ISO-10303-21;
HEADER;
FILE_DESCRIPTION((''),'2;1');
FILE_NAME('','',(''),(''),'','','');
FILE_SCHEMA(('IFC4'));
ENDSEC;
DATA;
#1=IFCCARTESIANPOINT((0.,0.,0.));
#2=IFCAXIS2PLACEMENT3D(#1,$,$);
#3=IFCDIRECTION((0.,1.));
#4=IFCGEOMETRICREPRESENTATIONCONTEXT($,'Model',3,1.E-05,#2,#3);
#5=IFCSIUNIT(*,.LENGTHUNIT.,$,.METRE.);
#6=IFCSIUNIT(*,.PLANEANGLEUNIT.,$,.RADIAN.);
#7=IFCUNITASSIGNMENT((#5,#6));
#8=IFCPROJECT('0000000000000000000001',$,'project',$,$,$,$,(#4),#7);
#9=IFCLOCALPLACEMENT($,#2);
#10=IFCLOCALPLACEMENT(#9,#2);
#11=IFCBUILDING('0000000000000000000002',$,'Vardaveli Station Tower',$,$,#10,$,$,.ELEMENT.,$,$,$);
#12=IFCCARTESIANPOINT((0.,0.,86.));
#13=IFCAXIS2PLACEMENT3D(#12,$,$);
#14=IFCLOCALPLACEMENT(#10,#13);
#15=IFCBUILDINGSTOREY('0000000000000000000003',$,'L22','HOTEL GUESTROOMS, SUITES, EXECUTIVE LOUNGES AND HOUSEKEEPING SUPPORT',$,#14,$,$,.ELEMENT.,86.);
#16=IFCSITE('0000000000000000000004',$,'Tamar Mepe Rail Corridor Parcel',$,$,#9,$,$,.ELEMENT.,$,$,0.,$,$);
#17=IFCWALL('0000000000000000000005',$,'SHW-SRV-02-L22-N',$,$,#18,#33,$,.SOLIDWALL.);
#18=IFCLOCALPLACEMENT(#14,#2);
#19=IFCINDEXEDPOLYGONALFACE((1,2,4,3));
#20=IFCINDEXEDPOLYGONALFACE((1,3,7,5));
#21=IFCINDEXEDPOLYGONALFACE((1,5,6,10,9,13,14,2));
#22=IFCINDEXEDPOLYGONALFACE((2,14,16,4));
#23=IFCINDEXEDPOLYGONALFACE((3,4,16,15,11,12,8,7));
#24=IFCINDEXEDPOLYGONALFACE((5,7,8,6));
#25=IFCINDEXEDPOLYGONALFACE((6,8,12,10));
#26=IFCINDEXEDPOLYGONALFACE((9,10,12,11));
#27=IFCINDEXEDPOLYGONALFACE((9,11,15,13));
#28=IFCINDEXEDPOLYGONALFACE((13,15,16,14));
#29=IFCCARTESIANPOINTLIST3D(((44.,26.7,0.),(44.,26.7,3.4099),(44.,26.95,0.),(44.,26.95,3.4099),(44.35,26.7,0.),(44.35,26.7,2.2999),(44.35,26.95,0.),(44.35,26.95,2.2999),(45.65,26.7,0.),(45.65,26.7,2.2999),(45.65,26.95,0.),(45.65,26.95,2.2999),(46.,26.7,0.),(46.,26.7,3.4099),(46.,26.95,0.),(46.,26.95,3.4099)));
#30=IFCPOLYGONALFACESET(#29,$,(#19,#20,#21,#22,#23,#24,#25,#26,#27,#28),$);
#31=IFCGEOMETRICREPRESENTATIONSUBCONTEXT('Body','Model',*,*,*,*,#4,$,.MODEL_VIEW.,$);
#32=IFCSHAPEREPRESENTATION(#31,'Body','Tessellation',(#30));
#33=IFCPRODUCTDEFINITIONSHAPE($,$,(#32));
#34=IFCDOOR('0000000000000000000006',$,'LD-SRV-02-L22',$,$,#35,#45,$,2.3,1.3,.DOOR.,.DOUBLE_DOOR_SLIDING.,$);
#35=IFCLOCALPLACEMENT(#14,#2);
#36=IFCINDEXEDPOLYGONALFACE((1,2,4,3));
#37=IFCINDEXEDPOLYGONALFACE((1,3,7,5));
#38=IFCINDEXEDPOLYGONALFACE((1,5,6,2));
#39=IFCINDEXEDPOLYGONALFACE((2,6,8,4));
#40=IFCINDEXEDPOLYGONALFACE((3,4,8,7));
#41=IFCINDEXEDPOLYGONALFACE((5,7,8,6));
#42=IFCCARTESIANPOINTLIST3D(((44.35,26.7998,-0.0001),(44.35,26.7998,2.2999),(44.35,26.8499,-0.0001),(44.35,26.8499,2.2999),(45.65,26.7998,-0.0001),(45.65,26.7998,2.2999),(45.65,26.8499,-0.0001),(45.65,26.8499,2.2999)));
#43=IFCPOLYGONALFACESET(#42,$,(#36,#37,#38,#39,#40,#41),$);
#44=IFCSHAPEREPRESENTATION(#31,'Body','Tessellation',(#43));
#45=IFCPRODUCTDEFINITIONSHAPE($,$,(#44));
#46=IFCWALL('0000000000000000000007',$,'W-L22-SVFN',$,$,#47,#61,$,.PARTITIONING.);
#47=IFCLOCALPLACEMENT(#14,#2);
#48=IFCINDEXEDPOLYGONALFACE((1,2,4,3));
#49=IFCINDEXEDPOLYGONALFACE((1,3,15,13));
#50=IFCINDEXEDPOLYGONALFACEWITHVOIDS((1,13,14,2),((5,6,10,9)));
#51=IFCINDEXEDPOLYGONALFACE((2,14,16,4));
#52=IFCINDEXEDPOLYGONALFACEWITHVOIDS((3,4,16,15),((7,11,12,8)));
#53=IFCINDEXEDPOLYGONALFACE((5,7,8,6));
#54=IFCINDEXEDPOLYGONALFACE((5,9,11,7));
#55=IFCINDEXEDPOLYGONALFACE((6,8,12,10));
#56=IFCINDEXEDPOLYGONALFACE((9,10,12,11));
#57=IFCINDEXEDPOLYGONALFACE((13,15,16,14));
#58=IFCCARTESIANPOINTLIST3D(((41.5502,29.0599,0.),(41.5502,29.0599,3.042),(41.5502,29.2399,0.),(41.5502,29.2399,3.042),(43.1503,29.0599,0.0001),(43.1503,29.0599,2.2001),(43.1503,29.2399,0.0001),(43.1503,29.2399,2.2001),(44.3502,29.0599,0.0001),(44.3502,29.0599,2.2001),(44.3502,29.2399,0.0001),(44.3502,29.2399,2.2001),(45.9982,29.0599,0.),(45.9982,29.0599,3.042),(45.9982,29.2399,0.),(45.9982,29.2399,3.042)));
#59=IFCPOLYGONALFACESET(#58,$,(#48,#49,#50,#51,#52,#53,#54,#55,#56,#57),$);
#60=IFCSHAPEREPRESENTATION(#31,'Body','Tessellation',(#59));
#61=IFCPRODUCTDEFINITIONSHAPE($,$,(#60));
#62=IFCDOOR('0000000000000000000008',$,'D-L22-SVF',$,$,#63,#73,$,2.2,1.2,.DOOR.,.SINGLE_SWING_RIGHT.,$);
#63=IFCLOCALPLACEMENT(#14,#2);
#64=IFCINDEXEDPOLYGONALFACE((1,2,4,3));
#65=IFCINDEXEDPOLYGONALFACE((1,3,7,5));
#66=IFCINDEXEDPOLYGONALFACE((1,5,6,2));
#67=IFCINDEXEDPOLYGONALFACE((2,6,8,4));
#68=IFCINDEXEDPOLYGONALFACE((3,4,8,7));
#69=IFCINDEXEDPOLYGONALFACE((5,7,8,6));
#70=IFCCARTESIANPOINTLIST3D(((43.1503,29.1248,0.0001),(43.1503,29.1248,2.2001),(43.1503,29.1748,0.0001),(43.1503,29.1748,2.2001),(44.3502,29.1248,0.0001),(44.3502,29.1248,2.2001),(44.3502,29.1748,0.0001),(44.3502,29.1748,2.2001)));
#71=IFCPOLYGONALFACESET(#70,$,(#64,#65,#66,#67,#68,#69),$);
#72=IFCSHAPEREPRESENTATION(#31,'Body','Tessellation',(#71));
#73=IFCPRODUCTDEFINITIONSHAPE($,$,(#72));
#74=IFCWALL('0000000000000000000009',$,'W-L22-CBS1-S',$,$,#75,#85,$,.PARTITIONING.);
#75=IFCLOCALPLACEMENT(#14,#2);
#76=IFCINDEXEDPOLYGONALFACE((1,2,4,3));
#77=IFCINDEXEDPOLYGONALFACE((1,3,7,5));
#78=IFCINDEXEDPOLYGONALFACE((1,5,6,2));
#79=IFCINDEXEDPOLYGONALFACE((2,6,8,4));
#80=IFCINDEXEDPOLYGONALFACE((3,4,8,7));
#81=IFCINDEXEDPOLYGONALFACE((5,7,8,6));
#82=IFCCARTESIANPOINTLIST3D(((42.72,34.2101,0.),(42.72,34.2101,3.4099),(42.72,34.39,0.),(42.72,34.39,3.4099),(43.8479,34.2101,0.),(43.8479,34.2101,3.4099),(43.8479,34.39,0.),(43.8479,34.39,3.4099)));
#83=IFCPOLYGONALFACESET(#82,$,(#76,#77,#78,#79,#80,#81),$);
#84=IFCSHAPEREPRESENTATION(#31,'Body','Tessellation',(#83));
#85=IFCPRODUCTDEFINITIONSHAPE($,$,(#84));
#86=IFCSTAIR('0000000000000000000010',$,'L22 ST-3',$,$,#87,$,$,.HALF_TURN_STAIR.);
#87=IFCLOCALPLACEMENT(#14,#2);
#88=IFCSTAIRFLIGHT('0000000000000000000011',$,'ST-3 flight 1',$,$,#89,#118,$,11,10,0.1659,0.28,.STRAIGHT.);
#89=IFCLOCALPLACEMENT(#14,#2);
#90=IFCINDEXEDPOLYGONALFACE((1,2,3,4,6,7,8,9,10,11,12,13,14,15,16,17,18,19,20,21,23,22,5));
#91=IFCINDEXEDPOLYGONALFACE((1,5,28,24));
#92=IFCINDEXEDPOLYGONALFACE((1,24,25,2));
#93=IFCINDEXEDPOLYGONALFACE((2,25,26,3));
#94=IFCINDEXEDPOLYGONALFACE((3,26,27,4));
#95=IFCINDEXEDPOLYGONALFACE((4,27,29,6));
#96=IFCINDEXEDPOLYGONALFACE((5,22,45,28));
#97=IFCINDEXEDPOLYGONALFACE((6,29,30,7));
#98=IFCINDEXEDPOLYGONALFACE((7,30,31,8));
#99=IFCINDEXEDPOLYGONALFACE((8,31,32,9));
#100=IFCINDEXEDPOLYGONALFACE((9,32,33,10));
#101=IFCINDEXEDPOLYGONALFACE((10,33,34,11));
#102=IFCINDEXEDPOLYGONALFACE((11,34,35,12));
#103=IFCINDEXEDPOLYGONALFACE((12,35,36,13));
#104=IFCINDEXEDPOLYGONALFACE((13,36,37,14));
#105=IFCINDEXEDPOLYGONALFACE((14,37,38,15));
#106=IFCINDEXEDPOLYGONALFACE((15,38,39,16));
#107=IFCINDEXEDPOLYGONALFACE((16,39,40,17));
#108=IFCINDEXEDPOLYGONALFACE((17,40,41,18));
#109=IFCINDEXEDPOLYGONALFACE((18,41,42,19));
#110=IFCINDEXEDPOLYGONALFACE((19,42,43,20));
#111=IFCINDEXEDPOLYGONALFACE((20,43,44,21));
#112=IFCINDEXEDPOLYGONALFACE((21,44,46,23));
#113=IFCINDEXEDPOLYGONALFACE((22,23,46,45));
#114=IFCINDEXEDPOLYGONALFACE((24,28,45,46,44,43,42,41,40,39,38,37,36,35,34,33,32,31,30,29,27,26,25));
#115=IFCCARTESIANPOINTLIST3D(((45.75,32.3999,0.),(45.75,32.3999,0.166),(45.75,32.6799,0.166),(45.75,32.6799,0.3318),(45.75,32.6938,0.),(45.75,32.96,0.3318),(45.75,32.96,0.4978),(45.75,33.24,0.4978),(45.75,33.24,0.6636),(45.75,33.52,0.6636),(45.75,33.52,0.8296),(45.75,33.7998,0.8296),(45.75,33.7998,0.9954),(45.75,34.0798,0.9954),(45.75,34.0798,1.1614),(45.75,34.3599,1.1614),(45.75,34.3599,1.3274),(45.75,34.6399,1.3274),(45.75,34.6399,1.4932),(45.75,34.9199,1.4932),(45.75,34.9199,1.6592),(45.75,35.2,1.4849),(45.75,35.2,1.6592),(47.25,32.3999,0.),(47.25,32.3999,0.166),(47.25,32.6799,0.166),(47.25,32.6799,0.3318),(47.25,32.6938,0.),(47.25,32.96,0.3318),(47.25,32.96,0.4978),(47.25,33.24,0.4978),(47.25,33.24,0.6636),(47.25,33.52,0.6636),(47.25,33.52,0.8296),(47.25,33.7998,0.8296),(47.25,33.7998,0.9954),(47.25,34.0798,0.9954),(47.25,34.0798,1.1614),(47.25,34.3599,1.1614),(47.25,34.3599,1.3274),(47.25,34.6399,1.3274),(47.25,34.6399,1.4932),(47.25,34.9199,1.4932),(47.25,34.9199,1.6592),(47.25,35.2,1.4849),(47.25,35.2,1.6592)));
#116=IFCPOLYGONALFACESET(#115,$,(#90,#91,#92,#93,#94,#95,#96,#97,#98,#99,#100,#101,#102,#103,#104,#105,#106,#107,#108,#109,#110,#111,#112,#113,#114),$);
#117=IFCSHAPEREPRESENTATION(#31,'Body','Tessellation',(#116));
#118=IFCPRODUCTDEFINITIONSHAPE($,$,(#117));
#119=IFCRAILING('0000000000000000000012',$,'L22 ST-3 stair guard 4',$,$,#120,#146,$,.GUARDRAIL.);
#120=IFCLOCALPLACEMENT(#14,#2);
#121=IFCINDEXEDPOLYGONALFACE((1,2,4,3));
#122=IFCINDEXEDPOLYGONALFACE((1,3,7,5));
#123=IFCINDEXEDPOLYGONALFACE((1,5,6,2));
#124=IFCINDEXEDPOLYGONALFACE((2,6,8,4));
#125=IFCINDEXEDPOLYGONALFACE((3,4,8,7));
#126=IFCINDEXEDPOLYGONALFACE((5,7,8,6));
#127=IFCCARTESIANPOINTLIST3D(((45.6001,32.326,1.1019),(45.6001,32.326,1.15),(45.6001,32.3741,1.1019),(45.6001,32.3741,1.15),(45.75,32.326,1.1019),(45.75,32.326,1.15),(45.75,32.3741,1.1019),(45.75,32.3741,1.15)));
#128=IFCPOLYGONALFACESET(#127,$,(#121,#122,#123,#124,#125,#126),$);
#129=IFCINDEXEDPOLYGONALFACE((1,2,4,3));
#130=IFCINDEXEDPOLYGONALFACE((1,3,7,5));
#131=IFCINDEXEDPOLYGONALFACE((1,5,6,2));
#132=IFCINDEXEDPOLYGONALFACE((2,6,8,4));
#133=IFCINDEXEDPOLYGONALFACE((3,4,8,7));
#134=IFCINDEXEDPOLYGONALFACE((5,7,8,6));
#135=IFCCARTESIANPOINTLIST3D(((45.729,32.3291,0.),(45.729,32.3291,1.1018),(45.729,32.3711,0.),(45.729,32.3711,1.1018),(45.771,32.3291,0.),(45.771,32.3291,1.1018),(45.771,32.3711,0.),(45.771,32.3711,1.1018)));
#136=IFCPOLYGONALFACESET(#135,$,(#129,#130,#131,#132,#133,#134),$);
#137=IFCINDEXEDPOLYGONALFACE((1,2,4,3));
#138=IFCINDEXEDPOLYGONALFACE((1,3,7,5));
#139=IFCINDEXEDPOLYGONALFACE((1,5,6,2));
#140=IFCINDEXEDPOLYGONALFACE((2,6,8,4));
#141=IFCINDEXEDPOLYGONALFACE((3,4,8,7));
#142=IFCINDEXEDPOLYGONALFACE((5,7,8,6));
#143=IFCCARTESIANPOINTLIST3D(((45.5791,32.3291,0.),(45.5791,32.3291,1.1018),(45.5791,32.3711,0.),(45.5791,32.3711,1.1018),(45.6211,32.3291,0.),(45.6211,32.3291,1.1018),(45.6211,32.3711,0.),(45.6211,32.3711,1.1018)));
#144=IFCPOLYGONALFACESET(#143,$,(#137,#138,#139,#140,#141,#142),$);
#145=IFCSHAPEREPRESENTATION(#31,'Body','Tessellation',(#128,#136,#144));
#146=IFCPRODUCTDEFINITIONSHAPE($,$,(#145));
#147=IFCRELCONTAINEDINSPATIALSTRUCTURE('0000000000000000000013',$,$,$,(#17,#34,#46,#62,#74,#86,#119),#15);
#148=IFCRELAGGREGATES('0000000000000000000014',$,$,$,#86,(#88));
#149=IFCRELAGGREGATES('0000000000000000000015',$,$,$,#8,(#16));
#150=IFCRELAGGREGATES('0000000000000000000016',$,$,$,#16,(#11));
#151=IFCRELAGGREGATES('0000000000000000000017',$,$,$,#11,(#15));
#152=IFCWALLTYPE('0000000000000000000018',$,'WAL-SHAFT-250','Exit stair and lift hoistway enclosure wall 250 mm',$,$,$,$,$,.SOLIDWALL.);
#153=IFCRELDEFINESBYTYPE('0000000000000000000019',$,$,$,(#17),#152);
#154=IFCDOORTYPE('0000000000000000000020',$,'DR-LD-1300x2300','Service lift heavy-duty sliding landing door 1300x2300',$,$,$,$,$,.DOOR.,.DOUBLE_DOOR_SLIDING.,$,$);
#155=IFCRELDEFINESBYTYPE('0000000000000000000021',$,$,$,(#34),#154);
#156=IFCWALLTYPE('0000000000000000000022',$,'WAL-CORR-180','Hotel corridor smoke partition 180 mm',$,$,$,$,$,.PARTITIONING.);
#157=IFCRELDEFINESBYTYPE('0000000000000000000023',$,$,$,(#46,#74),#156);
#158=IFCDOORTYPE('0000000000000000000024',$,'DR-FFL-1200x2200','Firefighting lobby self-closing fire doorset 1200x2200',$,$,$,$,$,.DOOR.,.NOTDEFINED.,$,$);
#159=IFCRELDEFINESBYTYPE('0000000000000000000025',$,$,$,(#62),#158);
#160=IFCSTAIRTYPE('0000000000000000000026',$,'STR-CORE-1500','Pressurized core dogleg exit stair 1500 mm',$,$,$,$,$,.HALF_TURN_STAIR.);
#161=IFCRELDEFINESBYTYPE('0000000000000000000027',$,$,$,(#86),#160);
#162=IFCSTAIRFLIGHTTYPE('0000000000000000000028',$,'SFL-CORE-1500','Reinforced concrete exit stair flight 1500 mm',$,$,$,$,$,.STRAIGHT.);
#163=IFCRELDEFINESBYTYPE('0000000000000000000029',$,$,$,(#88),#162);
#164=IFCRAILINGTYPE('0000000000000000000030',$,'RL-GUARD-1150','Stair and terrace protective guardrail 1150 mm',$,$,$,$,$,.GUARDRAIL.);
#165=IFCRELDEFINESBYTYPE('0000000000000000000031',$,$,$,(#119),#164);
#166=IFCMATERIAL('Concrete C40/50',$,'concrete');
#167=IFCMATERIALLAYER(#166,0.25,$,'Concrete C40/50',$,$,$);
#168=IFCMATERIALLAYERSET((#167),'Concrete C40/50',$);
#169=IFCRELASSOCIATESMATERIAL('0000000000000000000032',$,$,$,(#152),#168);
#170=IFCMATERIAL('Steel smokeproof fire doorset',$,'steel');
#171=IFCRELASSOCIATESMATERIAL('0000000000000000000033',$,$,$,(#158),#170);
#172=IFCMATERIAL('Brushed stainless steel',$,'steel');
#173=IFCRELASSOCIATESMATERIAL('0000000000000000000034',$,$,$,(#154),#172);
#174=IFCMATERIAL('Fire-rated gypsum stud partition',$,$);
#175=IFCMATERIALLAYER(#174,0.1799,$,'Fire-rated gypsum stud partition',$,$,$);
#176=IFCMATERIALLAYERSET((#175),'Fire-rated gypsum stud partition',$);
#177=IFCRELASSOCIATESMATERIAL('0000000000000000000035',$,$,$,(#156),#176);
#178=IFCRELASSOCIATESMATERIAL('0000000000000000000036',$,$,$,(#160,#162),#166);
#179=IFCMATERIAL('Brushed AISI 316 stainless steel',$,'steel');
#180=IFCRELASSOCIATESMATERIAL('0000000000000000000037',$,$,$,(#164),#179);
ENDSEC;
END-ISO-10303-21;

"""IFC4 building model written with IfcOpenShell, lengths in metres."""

from ifc_helpers import new_model, si_unit, direction, frame, frame_2d, origin, origin_2d, place, context, subcontext, project, spatial, polyline, rectangle, outline, extrude, source, transform, mapped, material, layer, layer_set, type_object, element, fill, aggregate, save


model = new_model("IFC4")

# Units and contexts
model_context = context("Model", 3, precision=1e-05, world=origin(), true_north=direction((0.0, 1.0)))
body_context = subcontext(model_context, "Body", "Model", "MODEL_VIEW")
ifc_project = project(units=[si_unit("LENGTHUNIT", "METRE"), si_unit("PLANEANGLEUNIT", "RADIAN")], contexts=[model_context])

# Site, building, storey
site_placement = place(None, origin())
site = spatial("IfcSite", under=ifc_project, at=site_placement, Name="Tamar Mepe Rail Corridor Parcel", CompositionType="ELEMENT", RefElevation=0.0)
building_placement = place(site_placement, origin())
building = spatial("IfcBuilding", under=site, at=building_placement, Name="Vardaveli Station Tower", CompositionType="ELEMENT")
storey_placement = place(building_placement, frame((0.0, 0.0, 86.0)))
storey = spatial("IfcBuildingStorey", under=building, at=storey_placement, Name="L22", Description="HOTEL GUESTROOMS, SUITES, EXECUTIVE LOUNGES AND HOUSEKEEPING SUPPORT", CompositionType="ELEMENT", Elevation=86.0)

# Shared definitions
ifc_material_1 = material(Name="Concrete C40/50", Category="concrete")
ifc_layer_1 = layer(ifc_material_1, 0.25, Name="Concrete C40/50")
ifc_layer_set_1 = layer_set([ifc_layer_1], Name="Concrete C40/50")
wall_type_1 = type_object("IfcWallType", Name="WAL-SHAFT-250", Description="Exit stair and lift hoistway enclosure wall 250 mm", PredefinedType="SOLIDWALL", material=ifc_layer_set_1)

# Walls, openings, doors
ifc_material_2 = material(Name="Steel smokeproof fire doorset", Category="steel")
door_type_1 = type_object("IfcDoorType", Name="DR-FFL-1200x2200", Description="Firefighting lobby self-closing fire doorset 1200x2200", OperationType="NOTDEFINED", PredefinedType="DOOR", material=ifc_material_2)
shared_shape_1 = source(origin(), body_context, "Body", "SweptSolid", [
    extrude(rectangle(XDim=1.2, YDim=2.2, at=frame_2d((0.6001, 1.1001))), frame((0.0, 0.0249, 0.0), z_axis=(0.0, -1.0, 0.0), x_axis=(1.0, 0.0, 0.0)), (0.0, 0.0, 1.0), 0.05),
])
shared_shape_2 = source(origin(), body_context, "Body", "SweptSolid", [
    extrude(rectangle(XDim=2.0, YDim=0.25, at=frame_2d((1.0, 0.0))), origin(), (0.0, 0.0, 1.0), 3.4099),
])
wall_1_placement = place(storey_placement, frame((44.0, 26.825, 0.0), z_axis=(0.0, 0.0, 1.0), x_axis=(1.0, 0.0, 0.0)))
wall_1 = element("IfcWall", 1, at=wall_1_placement, inside=storey, type_object=wall_type_1, Name="SHW-SRV-02-L22-N", PredefinedType="SOLIDWALL", context=body_context, shape_type="MappedRepresentation", body=[
    mapped(shared_shape_2, transform((0.0, 0.0, 0.0), scale=1.0)),
])
shared_shape_3 = source(origin(), body_context, "Body", "SweptSolid", [
    extrude(rectangle(XDim=1.3, YDim=2.3, at=frame_2d((0.6499, 1.1499))), frame((0.0, 0.135, 0.0), z_axis=(0.0, -1.0, 0.0), x_axis=(1.0, 0.0, 0.0)), (0.0, 0.0, 1.0), 0.27),
])
opening_1_placement = place(wall_1_placement, frame((0.3501, 0.0, 0.0)))
opening_1 = element("IfcOpeningElement", 2, at=opening_1_placement, cuts=wall_1, PredefinedType="OPENING", context=body_context, shape_type="MappedRepresentation", body=[
    mapped(shared_shape_3, transform((0.0, 0.0, 0.0), scale=1.0)),
])
ifc_material_3 = material(Name="Brushed stainless steel", Category="steel")
door_type_2 = type_object("IfcDoorType", Name="DR-LD-1300x2300", Description="Service lift heavy-duty sliding landing door 1300x2300", OperationType="DOUBLE_DOOR_SLIDING", PredefinedType="DOOR", material=ifc_material_3)
shared_shape_4 = source(origin(), body_context, "Body", "SweptSolid", [
    extrude(rectangle(XDim=1.3, YDim=2.3, at=frame_2d((0.6499, 1.1499))), frame((0.0, 0.0249, 0.0), z_axis=(0.0, -1.0, 0.0), x_axis=(1.0, 0.0, 0.0)), (0.0, 0.0, 1.0), 0.05),
])
door_1_placement = place(opening_1_placement, origin())
door_1 = element("IfcDoor", 3, at=door_1_placement, inside=storey, type_object=door_type_2, Name="LD-SRV-02-L22", OperationType="DOUBLE_DOOR_SLIDING", OverallHeight=2.3, OverallWidth=1.3, PredefinedType="DOOR", context=body_context, shape_type="MappedRepresentation", body=[
    mapped(shared_shape_4, transform((0.0, 0.0, 0.0), scale=1.0)),
])
fill(opening_1, door_1)
ifc_material_4 = material(Name="Fire-rated gypsum stud partition")
ifc_layer_2 = layer(ifc_material_4, 0.1799, Name="Fire-rated gypsum stud partition")
ifc_layer_set_2 = layer_set([ifc_layer_2], Name="Fire-rated gypsum stud partition")
wall_type_2 = type_object("IfcWallType", Name="WAL-CORR-180", Description="Hotel corridor smoke partition 180 mm", PredefinedType="PARTITIONING", material=ifc_layer_set_2)
shared_shape_5 = source(origin(), body_context, "Body", "SweptSolid", [
    extrude(rectangle(XDim=4.448, YDim=0.1799, at=frame_2d((2.2241, 0.0))), origin(), (0.0, 0.0, 1.0), 3.042),
])
wall_2_placement = place(storey_placement, frame((41.55, 29.1499, 0.0), z_axis=(0.0, 0.0, 1.0), x_axis=(1.0, 0.0, 0.0)))
wall_2 = element("IfcWall", 4, at=wall_2_placement, inside=storey, type_object=wall_type_2, Name="W-L22-SVFN", PredefinedType="PARTITIONING", context=body_context, shape_type="MappedRepresentation", body=[
    mapped(shared_shape_5, transform((0.0, 0.0, 0.0), scale=1.0)),
])
shared_shape_6 = source(origin(), body_context, "Body", "SweptSolid", [
    extrude(rectangle(XDim=1.2, YDim=2.2, at=frame_2d((0.6001, 1.1001))), frame((0.0, 0.1001, 0.0), z_axis=(0.0, -1.0, 0.0), x_axis=(1.0, 0.0, 0.0)), (0.0, 0.0, 1.0), 0.2),
])
opening_2_placement = place(wall_2_placement, frame((1.6001, 0.0, 0.0)))
opening_2 = element("IfcOpeningElement", 5, at=opening_2_placement, cuts=wall_2, PredefinedType="OPENING", context=body_context, shape_type="MappedRepresentation", body=[
    mapped(shared_shape_6, transform((0.0, 0.0, 0.0), scale=1.0)),
])
door_2_placement = place(opening_2_placement, origin())
door_2 = element("IfcDoor", 6, at=door_2_placement, inside=storey, type_object=door_type_1, Name="D-L22-SVF", OperationType="SINGLE_SWING_RIGHT", OverallHeight=2.2, OverallWidth=1.2, PredefinedType="DOOR", context=body_context, shape_type="MappedRepresentation", body=[
    mapped(shared_shape_1, transform((0.0, 0.0, 0.0), scale=1.0)),
])
fill(opening_2, door_2)

# Wall
shared_shape_7 = source(origin(), body_context, "Body", "SweptSolid", [
    extrude(rectangle(XDim=1.1279, YDim=0.1799, at=frame_2d((0.564, 0.0))), origin(), (0.0, 0.0, 1.0), 3.4099),
])
wall_3_placement = place(storey_placement, frame((42.72, 34.3, 0.0), z_axis=(0.0, 0.0, 1.0), x_axis=(1.0, 0.0, 0.0)))
element("IfcWall", 7, at=wall_3_placement, inside=storey, type_object=wall_type_2, Name="W-L22-CBS1-S", PredefinedType="PARTITIONING", context=body_context, shape_type="MappedRepresentation", body=[
    mapped(shared_shape_7, transform((0.0, 0.0, 0.0), scale=1.0)),
])

# Stair, stair flight
stair_type = type_object("IfcStairType", Name="STR-CORE-1500", Description="Pressurized core dogleg exit stair 1500 mm", PredefinedType="HALF_TURN_STAIR", material=ifc_material_1)
stair_placement = place(storey_placement, origin())
stair = element("IfcStair", 8, at=stair_placement, inside=storey, type_object=stair_type, Name="L22 ST-3", PredefinedType="HALF_TURN_STAIR")
stair_flight_type = type_object("IfcStairFlightType", Name="SFL-CORE-1500", Description="Reinforced concrete exit stair flight 1500 mm", PredefinedType="STRAIGHT", material=ifc_material_1)
shared_shape_8 = source(origin(), body_context, "Body", "SweptSolid", [
    extrude(outline(polyline([(0.0, 0.0), (0.0, 0.166), (0.28, 0.166), (0.28, 0.3318), (0.5601, 0.3318), (0.5601, 0.4978), (0.8401, 0.4978), (0.8401, 0.6636), (1.1201, 0.6636), (1.1201, 0.8296), (1.3999, 0.8296), (1.3999, 0.9954), (1.6799, 0.9954), (1.6799, 1.1614), (1.96, 1.1614), (1.96, 1.3274), (2.24, 1.3274), (2.24, 1.4932), (2.52, 1.4932), (2.52, 1.6592), (2.8, 1.6592), (2.8, 1.825), (2.8, 1.4849), (0.2939, 0.0), (0.0, 0.0)])), frame((0.0, 0.75, 0.0), z_axis=(0.0, -1.0, 0.0), x_axis=(1.0, 0.0, 0.0)), (0.0, 0.0, 1.0), 1.5),
])
stair_flight_placement = place(storey_placement, frame((46.5, 32.3999, 0.0), z_axis=(0.0, 0.0, 1.0), x_axis=(0.0, 1.0, 0.0)))
stair_flight = element("IfcStairFlight", 9, at=stair_flight_placement, type_object=stair_flight_type, Name="ST-3 flight 1", NumberOfRisers=11, NumberOfTreads=10, PredefinedType="STRAIGHT", RiserHeight=0.1659, TreadLength=0.28, context=body_context, shape_type="MappedRepresentation", body=[
    mapped(shared_shape_8, transform((0.0, 0.0, 0.0), scale=1.0)),
])
aggregate(stair, [stair_flight])

# Railing
ifc_material_5 = material(Name="Brushed AISI 316 stainless steel", Category="steel")
railing_type_1 = type_object("IfcRailingType", Name="RL-GUARD-1150", Description="Stair and terrace protective guardrail 1150 mm", PredefinedType="GUARDRAIL", material=ifc_material_5)
shared_shape_9 = source(origin(), body_context, "Body", "SweptSolid", [
    extrude(rectangle(XDim=0.0481, YDim=0.0481, at=origin_2d()), frame((0.0, 0.0, 1.126), z_axis=(-1.0, 0.0, 0.0), x_axis=(0.0, -1.0, 0.0)), (0.0, 0.0, 1.0), 0.1499),
    extrude(rectangle(XDim=0.042, YDim=0.042, at=origin_2d()), origin(), (0.0, 0.0, 1.0), 1.1018),
    extrude(rectangle(XDim=0.042, YDim=0.042, at=origin_2d()), frame((-0.1499, 0.0, 0.0)), (0.0, 0.0, 1.0), 1.1018),
])
railing_1_placement = place(storey_placement, frame((45.75, 32.3501, 0.0)))
element("IfcRailing", 10, at=railing_1_placement, inside=storey, type_object=railing_type_1, Name="L22 ST-3 stair guard 4", PredefinedType="GUARDRAIL", context=body_context, shape_type="MappedRepresentation", body=[
    mapped(shared_shape_9, transform((0.0, 0.0, 0.0), scale=1.0)),
])

save(model, "model.ifc")
